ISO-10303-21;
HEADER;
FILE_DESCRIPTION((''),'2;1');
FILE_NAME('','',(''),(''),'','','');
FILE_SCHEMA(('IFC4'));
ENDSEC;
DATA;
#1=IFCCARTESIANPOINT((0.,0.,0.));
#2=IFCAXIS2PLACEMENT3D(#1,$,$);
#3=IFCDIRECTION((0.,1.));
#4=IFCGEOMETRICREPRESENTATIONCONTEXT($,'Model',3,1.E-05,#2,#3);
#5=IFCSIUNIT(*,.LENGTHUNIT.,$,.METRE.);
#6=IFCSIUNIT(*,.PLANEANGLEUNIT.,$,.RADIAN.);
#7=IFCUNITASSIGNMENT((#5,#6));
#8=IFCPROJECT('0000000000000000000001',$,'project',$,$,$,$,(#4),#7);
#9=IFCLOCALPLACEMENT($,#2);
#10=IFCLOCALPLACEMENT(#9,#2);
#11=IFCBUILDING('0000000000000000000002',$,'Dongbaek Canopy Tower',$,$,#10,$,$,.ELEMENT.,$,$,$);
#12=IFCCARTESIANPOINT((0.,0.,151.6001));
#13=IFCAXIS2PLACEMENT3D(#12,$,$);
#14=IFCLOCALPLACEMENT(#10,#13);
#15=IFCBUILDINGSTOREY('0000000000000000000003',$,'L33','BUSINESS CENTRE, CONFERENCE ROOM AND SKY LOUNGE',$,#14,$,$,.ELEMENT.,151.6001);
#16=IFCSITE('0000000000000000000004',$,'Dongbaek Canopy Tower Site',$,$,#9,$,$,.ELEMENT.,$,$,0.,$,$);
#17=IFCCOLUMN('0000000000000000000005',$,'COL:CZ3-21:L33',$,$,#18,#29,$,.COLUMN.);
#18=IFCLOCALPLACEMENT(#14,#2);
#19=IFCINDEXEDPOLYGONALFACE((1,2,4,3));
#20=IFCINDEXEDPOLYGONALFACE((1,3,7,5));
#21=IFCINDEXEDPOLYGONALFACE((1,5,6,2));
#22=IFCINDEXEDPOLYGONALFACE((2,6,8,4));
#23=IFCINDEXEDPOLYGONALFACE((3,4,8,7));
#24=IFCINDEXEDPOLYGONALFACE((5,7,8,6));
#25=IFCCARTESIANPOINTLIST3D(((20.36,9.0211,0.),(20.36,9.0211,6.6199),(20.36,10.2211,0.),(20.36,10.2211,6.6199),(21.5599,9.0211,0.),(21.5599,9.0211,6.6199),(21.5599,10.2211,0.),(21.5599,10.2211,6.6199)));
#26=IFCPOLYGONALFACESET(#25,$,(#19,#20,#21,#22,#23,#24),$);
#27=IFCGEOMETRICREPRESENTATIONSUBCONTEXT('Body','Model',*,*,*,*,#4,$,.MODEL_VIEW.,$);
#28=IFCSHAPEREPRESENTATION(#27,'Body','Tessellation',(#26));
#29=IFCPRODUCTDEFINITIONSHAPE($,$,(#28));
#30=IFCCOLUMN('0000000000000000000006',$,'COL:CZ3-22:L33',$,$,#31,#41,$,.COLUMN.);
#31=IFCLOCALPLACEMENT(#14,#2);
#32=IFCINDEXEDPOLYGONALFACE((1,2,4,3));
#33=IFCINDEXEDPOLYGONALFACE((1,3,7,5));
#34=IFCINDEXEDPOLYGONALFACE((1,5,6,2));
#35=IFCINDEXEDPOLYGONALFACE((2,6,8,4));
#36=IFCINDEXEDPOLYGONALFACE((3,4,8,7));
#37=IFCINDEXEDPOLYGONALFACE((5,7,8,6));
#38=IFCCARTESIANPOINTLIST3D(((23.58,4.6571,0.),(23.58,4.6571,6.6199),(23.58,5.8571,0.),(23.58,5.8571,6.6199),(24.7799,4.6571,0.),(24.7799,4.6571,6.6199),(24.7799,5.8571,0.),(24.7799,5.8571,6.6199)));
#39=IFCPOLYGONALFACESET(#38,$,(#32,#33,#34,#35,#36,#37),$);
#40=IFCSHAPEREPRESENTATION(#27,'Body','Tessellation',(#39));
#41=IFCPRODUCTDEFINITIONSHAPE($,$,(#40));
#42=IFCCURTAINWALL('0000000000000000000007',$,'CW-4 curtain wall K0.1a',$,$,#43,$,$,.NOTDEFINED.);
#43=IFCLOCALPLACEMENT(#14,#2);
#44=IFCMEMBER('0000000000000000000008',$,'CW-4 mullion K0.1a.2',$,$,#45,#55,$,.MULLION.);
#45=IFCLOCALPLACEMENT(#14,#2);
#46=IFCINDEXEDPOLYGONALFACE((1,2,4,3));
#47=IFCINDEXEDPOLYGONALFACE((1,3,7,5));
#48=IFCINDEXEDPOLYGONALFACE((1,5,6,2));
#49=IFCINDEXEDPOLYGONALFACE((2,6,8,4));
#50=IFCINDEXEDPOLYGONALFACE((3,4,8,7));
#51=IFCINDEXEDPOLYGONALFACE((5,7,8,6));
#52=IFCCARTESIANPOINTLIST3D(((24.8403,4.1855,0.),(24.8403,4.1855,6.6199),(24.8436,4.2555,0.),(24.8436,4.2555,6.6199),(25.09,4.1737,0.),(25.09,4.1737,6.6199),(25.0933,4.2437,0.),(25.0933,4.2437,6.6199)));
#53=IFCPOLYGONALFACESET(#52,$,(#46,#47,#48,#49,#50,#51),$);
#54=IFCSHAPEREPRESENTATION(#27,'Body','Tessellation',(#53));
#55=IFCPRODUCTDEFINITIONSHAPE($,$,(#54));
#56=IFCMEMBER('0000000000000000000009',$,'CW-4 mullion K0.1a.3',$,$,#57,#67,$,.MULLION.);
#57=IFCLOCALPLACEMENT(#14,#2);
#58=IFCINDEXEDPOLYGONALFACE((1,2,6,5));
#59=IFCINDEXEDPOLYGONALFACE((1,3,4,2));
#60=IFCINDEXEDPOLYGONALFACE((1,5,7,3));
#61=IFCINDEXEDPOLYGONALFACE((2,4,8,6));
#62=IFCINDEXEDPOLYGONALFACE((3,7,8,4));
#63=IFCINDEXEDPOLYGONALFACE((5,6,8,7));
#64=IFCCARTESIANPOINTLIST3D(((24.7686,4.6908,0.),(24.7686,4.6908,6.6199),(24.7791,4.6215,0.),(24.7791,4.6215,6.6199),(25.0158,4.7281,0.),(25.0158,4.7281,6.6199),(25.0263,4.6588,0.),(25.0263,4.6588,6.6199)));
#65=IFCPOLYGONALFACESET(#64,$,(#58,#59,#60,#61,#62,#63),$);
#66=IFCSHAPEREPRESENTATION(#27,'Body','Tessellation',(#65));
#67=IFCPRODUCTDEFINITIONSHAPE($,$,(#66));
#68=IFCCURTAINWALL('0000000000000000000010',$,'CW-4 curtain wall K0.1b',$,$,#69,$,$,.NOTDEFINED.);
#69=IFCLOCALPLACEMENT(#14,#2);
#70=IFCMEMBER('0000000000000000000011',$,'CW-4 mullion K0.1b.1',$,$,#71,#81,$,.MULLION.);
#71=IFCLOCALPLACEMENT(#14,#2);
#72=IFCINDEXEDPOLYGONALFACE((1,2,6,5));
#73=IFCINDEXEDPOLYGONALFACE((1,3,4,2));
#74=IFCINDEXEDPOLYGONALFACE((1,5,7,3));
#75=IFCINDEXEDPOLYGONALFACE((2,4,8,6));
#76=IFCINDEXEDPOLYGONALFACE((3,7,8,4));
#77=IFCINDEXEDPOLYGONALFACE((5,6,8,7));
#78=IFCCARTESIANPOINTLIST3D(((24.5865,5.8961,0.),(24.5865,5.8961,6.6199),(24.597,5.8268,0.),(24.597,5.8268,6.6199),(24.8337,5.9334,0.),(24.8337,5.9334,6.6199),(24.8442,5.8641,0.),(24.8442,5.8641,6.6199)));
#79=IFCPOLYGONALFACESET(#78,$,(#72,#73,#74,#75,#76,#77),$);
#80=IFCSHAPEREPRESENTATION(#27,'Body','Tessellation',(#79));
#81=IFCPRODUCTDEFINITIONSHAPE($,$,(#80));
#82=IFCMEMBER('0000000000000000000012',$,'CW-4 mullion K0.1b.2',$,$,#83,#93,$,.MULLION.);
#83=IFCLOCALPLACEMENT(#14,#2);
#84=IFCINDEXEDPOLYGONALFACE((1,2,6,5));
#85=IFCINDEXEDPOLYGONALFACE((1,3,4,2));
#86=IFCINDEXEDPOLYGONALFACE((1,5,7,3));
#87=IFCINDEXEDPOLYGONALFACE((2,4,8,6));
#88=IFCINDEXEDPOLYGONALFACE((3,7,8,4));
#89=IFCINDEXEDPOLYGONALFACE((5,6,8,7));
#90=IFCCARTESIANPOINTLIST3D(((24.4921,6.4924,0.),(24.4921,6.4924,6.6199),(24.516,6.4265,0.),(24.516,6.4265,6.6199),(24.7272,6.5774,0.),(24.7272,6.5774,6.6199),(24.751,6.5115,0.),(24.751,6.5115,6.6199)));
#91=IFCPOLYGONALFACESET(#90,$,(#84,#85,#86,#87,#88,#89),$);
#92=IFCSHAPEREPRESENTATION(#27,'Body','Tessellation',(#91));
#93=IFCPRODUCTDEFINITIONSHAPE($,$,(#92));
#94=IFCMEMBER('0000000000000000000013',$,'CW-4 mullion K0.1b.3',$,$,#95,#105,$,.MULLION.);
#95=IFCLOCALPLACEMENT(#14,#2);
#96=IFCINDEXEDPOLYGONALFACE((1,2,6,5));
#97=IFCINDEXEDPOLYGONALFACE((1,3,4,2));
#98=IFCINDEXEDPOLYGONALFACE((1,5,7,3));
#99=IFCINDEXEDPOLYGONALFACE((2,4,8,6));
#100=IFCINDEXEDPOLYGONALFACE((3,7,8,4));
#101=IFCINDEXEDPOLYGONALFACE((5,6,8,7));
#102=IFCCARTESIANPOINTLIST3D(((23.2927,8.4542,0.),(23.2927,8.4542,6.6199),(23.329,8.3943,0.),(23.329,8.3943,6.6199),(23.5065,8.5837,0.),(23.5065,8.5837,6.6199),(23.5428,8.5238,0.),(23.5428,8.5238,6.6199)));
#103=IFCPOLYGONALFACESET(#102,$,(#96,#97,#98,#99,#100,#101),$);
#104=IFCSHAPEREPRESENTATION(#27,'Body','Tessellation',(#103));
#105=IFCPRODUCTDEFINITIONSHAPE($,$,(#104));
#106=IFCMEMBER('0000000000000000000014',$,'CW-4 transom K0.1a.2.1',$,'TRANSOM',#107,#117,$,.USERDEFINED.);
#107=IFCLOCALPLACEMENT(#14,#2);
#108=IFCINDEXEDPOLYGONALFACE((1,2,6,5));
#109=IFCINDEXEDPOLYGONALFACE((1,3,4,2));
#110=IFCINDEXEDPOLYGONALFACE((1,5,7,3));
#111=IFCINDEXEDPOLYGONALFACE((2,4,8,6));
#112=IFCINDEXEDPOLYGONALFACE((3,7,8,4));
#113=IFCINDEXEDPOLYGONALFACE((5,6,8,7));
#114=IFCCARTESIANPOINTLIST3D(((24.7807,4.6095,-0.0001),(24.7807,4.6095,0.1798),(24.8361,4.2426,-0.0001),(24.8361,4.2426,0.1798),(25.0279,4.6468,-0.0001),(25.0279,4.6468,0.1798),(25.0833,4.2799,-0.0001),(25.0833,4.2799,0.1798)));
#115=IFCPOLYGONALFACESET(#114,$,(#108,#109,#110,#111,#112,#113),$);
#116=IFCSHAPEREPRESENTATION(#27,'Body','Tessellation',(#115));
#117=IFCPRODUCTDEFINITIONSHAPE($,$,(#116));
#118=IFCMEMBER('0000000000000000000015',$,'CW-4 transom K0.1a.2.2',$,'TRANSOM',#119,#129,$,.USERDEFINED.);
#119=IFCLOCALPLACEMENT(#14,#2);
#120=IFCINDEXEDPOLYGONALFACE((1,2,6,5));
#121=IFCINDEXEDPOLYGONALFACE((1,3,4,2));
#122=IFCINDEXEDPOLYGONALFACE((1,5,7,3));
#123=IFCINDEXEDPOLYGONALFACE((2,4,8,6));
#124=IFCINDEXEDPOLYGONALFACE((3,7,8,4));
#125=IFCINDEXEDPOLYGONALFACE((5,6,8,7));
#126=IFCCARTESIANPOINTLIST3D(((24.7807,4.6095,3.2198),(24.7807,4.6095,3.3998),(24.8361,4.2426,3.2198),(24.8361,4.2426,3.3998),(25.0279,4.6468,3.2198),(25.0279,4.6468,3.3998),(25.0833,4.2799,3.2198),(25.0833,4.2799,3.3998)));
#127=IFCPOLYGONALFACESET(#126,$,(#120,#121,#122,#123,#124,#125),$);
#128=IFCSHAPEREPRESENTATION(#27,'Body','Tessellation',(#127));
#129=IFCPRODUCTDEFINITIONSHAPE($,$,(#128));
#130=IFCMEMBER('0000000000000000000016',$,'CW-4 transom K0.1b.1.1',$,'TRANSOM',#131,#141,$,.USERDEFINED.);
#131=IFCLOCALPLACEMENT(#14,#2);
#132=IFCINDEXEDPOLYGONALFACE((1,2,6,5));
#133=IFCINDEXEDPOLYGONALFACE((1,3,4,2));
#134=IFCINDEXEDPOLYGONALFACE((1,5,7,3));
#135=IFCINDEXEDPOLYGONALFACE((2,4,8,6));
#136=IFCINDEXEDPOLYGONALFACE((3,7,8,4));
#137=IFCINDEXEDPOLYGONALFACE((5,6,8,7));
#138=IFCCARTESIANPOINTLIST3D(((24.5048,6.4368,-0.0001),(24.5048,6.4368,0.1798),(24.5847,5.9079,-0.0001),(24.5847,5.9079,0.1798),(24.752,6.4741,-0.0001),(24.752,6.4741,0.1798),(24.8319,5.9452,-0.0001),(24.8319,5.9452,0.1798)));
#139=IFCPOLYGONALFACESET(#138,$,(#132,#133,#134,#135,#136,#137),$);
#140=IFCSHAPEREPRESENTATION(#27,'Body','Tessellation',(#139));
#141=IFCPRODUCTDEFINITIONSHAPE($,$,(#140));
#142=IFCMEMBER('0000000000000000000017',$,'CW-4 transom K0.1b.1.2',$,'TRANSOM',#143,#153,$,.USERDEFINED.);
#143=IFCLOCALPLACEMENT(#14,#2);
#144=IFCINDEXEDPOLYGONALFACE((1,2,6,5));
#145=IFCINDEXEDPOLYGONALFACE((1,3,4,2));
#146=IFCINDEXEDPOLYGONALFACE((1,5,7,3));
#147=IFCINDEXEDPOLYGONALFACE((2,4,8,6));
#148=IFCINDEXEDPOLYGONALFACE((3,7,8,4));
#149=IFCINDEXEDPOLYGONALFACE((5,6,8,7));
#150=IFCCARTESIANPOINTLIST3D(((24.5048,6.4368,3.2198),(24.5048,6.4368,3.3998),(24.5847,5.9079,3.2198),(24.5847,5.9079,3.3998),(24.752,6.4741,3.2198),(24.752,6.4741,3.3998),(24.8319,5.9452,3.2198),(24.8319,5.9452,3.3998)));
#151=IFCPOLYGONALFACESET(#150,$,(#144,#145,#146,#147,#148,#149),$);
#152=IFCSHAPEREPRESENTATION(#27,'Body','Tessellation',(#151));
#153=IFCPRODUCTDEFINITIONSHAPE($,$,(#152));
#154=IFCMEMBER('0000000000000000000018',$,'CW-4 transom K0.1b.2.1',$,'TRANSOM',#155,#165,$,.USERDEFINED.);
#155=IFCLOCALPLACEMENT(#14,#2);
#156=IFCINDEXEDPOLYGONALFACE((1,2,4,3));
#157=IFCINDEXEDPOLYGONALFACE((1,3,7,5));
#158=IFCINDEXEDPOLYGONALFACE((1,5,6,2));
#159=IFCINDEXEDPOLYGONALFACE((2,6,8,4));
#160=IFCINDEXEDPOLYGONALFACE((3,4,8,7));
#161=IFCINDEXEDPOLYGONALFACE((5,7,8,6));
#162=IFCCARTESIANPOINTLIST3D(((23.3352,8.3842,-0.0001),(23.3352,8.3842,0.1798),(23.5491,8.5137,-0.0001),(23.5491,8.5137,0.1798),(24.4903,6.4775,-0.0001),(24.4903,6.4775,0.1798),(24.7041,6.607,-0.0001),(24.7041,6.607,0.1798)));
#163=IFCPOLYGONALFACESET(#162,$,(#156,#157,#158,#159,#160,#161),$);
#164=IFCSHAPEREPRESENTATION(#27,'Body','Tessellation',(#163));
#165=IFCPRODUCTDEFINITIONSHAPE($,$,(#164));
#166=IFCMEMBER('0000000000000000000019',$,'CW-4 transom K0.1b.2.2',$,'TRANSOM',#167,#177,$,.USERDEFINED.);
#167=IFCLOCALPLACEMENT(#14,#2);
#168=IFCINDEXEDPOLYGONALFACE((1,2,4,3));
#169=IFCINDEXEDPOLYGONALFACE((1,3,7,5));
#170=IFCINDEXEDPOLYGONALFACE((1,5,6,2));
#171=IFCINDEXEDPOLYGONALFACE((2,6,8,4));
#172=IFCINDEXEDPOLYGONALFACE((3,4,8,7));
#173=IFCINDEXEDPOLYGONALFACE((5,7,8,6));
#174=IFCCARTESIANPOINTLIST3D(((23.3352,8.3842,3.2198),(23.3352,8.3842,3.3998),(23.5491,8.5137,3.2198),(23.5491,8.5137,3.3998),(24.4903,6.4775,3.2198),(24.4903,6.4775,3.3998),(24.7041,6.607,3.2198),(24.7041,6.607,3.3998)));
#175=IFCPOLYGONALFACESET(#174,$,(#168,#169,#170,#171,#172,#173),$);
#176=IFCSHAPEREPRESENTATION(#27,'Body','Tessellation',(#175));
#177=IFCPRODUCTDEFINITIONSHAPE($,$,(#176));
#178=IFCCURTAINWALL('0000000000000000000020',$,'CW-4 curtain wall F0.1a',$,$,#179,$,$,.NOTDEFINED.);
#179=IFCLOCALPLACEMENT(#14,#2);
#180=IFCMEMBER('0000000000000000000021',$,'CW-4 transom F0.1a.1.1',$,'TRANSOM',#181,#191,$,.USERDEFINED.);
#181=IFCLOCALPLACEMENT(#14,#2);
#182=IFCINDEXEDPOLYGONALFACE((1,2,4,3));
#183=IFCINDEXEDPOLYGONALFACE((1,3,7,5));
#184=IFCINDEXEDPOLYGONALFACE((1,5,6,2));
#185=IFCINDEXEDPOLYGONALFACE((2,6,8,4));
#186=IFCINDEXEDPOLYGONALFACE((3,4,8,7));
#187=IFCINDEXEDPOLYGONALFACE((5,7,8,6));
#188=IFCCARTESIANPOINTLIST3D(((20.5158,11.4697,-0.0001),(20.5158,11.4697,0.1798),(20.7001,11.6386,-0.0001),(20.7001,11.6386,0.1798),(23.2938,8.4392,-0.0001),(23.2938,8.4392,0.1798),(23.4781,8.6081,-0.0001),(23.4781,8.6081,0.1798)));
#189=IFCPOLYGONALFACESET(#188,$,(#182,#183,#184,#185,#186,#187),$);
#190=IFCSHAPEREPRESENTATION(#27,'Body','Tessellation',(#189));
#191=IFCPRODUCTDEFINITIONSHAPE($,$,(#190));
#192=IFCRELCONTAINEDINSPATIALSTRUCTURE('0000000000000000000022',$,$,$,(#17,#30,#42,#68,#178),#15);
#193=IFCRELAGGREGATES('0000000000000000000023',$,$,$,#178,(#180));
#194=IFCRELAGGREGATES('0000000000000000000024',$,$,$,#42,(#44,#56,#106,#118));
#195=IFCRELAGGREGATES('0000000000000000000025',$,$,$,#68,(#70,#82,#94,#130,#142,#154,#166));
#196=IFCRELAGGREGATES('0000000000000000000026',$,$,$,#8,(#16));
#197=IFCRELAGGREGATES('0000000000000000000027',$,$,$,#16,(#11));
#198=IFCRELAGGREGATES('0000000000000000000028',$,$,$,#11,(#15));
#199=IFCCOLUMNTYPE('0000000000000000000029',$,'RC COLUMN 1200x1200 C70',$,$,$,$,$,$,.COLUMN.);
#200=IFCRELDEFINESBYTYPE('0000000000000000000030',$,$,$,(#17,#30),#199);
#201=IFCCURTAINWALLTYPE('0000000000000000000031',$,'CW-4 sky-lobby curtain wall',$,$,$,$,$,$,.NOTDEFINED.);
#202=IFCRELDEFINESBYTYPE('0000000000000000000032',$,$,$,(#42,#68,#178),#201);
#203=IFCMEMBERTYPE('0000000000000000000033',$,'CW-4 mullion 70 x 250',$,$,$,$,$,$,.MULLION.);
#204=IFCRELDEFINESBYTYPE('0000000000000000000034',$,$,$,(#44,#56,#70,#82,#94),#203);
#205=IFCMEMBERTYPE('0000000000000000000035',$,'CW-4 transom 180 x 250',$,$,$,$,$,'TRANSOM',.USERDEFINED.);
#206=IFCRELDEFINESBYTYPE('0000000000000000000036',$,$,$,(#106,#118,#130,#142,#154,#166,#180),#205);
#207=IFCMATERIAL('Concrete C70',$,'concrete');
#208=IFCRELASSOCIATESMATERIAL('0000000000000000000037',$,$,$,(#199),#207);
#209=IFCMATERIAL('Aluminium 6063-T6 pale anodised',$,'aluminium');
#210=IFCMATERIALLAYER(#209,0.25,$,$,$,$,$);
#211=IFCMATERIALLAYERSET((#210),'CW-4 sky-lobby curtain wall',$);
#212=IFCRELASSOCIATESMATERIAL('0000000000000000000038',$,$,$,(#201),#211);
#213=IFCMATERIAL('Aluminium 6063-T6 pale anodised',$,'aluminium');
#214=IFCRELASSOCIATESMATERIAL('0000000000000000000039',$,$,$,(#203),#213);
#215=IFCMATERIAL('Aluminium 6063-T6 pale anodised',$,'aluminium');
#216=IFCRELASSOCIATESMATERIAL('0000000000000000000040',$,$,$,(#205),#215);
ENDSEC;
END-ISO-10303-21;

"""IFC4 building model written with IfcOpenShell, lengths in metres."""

from ifc_helpers import new_model, si_unit, direction, frame, origin, origin_2d, place, context, subcontext, project, spatial, rectangle, extrude, material, layer, layer_set, material_profile, profile_set, type_object, element, aggregate, save


model = new_model("IFC4")

# Units and contexts
model_context = context("Model", 3, precision=1e-05, world=origin(), true_north=direction((0.0, 1.0)))
body_context = subcontext(model_context, "Body", "Model", "MODEL_VIEW")
ifc_project = project(units=[si_unit("LENGTHUNIT", "METRE"), si_unit("PLANEANGLEUNIT", "RADIAN")], contexts=[model_context])

# Site, building, storey
site_placement = place(None, origin())
site = spatial("IfcSite", under=ifc_project, at=site_placement, Name="Dongbaek Canopy Tower Site", CompositionType="ELEMENT", RefElevation=0.0)
building_placement = place(site_placement, origin())
building = spatial("IfcBuilding", under=site, at=building_placement, Name="Dongbaek Canopy Tower", CompositionType="ELEMENT")
storey_placement = place(building_placement, frame((0.0, 0.0, 151.6001)))
storey = spatial("IfcBuildingStorey", under=building, at=storey_placement, Name="L33", Description="BUSINESS CENTRE, CONFERENCE ROOM AND SKY LOUNGE", CompositionType="ELEMENT", Elevation=151.6001)

# Columns
ifc_material_1 = material(Name="Concrete C70", Category="concrete")
ifc_material_profile_1 = material_profile(ifc_material_1, rectangle(XDim=1.2, YDim=1.2, at=origin_2d()), Name="RC COLUMN 1200x1200 C70")
ifc_profile_set_1 = profile_set([ifc_material_profile_1], Name="Concrete C70")
column_type = type_object("IfcColumnType", Name="RC COLUMN 1200x1200 C70", PredefinedType="COLUMN", material=ifc_profile_set_1)
for number, where, z_axis, x_axis, name in (
    (1, (20.96, 9.6211, 0.0), (0.0, 0.0, 1.0), (1.0, 0.0, 0.0), "COL:CZ3-21:L33"),
    (2, (24.1799, 5.2571, 0.0), (0.0, 0.0, 1.0), (1.0, 0.0, 0.0), "COL:CZ3-22:L33"),
):
    element("IfcColumn", number, at=place(storey_placement, frame(where, z_axis=z_axis, x_axis=x_axis)), inside=storey, type_object=column_type, Name=name, PredefinedType="COLUMN", context=body_context, shape_type="SweptSolid", body=[
        extrude(rectangle(XDim=1.2, YDim=1.2, at=origin_2d()), origin(), (0.0, 0.0, 1.0), 6.6199),
    ])

# Curtain walls, members
ifc_material_2 = material(Name="Aluminium 6063-T6 pale anodised", Category="aluminium")
ifc_layer_1 = layer(ifc_material_2, 0.25)
ifc_layer_set_1 = layer_set([ifc_layer_1], Name="CW-4 sky-lobby curtain wall")
curtain_wall_type = type_object("IfcCurtainWallType", Name="CW-4 sky-lobby curtain wall", PredefinedType="NOTDEFINED", material=ifc_layer_set_1)
curtain_wall_1_placement = place(storey_placement, origin())
curtain_wall_1 = element("IfcCurtainWall", 3, at=curtain_wall_1_placement, inside=storey, type_object=curtain_wall_type, Name="CW-4 curtain wall K0.1a", PredefinedType="NOTDEFINED")
ifc_material_3 = material(Name="Aluminium 6063-T6 pale anodised", Category="aluminium")
ifc_material_profile_2 = material_profile(ifc_material_3, rectangle(XDim=0.25, YDim=0.0701, at=origin_2d()), Name="CW-4 mullion 70 x 250")
ifc_profile_set_2 = profile_set([ifc_material_profile_2], Name="Aluminium 6063-T6 pale anodised")
member_type_1 = type_object("IfcMemberType", Name="CW-4 mullion 70 x 250", PredefinedType="MULLION", material=ifc_profile_set_2)
member_1_placement = place(storey_placement, frame((24.9668, 4.2146, 0.0), z_axis=(0.0, 0.0, 1.0), x_axis=(0.998871, -0.047502, 0.0)))
member_1 = element("IfcMember", 4, at=member_1_placement, type_object=member_type_1, Name="CW-4 mullion K0.1a.2", PredefinedType="MULLION", context=body_context, shape_type="SweptSolid", body=[
    extrude(rectangle(XDim=0.25, YDim=0.0701, at=origin_2d()), origin(), (0.0, 0.0, 1.0), 6.6199),
])
member_2_placement = place(storey_placement, frame((24.8975, 4.6748, 0.0), z_axis=(0.0, 0.0, 1.0), x_axis=(0.988792, 0.149298, 0.0)))
member_2 = element("IfcMember", 5, at=member_2_placement, type_object=member_type_1, Name="CW-4 mullion K0.1a.3", PredefinedType="MULLION", context=body_context, shape_type="SweptSolid", body=[
    extrude(rectangle(XDim=0.25, YDim=0.0701, at=origin_2d()), origin(), (0.0, 0.0, 1.0), 6.6199),
])
curtain_wall_2_placement = place(storey_placement, origin())
curtain_wall_2 = element("IfcCurtainWall", 6, at=curtain_wall_2_placement, inside=storey, type_object=curtain_wall_type, Name="CW-4 curtain wall K0.1b", PredefinedType="NOTDEFINED")
member_3_placement = place(storey_placement, frame((24.7153, 5.8801, 0.0), z_axis=(0.0, 0.0, 1.0), x_axis=(0.988792, 0.149298, 0.0)))
member_3 = element("IfcMember", 7, at=member_3_placement, type_object=member_type_1, Name="CW-4 mullion K0.1b.1", PredefinedType="MULLION", context=body_context, shape_type="SweptSolid", body=[
    extrude(rectangle(XDim=0.25, YDim=0.0701, at=origin_2d()), origin(), (0.0, 0.0, 1.0), 6.6199),
])
member_4_placement = place(storey_placement, frame((24.6216, 6.502, 0.0), z_axis=(0.0, 0.0, 1.0), x_axis=(0.940317, 0.340299, 0.0)))
member_4 = element("IfcMember", 8, at=member_4_placement, type_object=member_type_1, Name="CW-4 mullion K0.1b.2", PredefinedType="MULLION", context=body_context, shape_type="SweptSolid", body=[
    extrude(rectangle(XDim=0.25, YDim=0.0701, at=origin_2d()), origin(), (0.0, 0.0, 1.0), 6.6199),
])
member_5_placement = place(storey_placement, frame((23.4177, 8.489, 0.0), z_axis=(0.0, 0.0, 1.0), x_axis=(0.855328, 0.518087, 0.0)))
member_5 = element("IfcMember", 9, at=member_5_placement, type_object=member_type_1, Name="CW-4 mullion K0.1b.3", PredefinedType="MULLION", context=body_context, shape_type="SweptSolid", body=[
    extrude(rectangle(XDim=0.25, YDim=0.0701, at=origin_2d()), origin(), (0.0, 0.0, 1.0), 6.6199),
])

# Members
ifc_material_4 = material(Name="Aluminium 6063-T6 pale anodised", Category="aluminium")
ifc_material_profile_3 = material_profile(ifc_material_4, rectangle(XDim=0.25, YDim=0.1799, at=origin_2d()), Name="CW-4 transom 180 x 250")
ifc_profile_set_3 = profile_set([ifc_material_profile_3], Name="Aluminium 6063-T6 pale anodised")
member_type_2 = type_object("IfcMemberType", Name="CW-4 transom 180 x 250", ElementType="TRANSOM", PredefinedType="USERDEFINED", material=ifc_profile_set_3)
member_6_placement = place(storey_placement, frame((24.9597, 4.2612, 0.0898), z_axis=(-0.149338, 0.988786, 0.0), x_axis=(-0.988786, -0.149338, 0.0)))
member_6 = element("IfcMember", 10, at=member_6_placement, type_object=member_type_2, Name="CW-4 transom K0.1a.2.1", ObjectType="TRANSOM", PredefinedType="USERDEFINED", context=body_context, shape_type="SweptSolid", body=[
    extrude(rectangle(XDim=0.25, YDim=0.1799, at=origin_2d()), origin(), (0.0, 0.0, 1.0), 0.3711),
])
member_7_placement = place(storey_placement, frame((24.9597, 4.2612, 3.3098), z_axis=(-0.149338, 0.988786, 0.0), x_axis=(-0.988786, -0.149338, 0.0)))
member_7 = element("IfcMember", 11, at=member_7_placement, type_object=member_type_2, Name="CW-4 transom K0.1a.2.2", ObjectType="TRANSOM", PredefinedType="USERDEFINED", context=body_context, shape_type="SweptSolid", body=[
    extrude(rectangle(XDim=0.25, YDim=0.1799, at=origin_2d()), origin(), (0.0, 0.0, 1.0), 0.3711),
])
member_8_placement = place(storey_placement, frame((24.7083, 5.9265, 0.0898), z_axis=(-0.149278, 0.988795, 0.0), x_axis=(-0.988795, -0.149278, 0.0)))
member_8 = element("IfcMember", 12, at=member_8_placement, type_object=member_type_2, Name="CW-4 transom K0.1b.1.1", ObjectType="TRANSOM", PredefinedType="USERDEFINED", context=body_context, shape_type="SweptSolid", body=[
    extrude(rectangle(XDim=0.25, YDim=0.1799, at=origin_2d()), origin(), (0.0, 0.0, 1.0), 0.5349),
])
member_9_placement = place(storey_placement, frame((24.7083, 5.9265, 3.3098), z_axis=(-0.149278, 0.988795, 0.0), x_axis=(-0.988795, -0.149278, 0.0)))
member_9 = element("IfcMember", 13, at=member_9_placement, type_object=member_type_2, Name="CW-4 transom K0.1b.1.2", ObjectType="TRANSOM", PredefinedType="USERDEFINED", context=body_context, shape_type="SweptSolid", body=[
    extrude(rectangle(XDim=0.25, YDim=0.1799, at=origin_2d()), origin(), (0.0, 0.0, 1.0), 0.5349),
])
member_10_placement = place(storey_placement, frame((24.5972, 6.5422, 0.0898), z_axis=(-0.518115, 0.855311, 0.0), x_axis=(-0.855311, -0.518115, 0.0)))
member_10 = element("IfcMember", 14, at=member_10_placement, type_object=member_type_2, Name="CW-4 transom K0.1b.2.1", ObjectType="TRANSOM", PredefinedType="USERDEFINED", context=body_context, shape_type="SweptSolid", body=[
    extrude(rectangle(XDim=0.25, YDim=0.1799, at=origin_2d()), origin(), (0.0, 0.0, 1.0), 2.2292),
])
member_11_placement = place(storey_placement, frame((24.5972, 6.5422, 3.3098), z_axis=(-0.518115, 0.855311, 0.0), x_axis=(-0.855311, -0.518115, 0.0)))
member_11 = element("IfcMember", 15, at=member_11_placement, type_object=member_type_2, Name="CW-4 transom K0.1b.2.2", ObjectType="TRANSOM", PredefinedType="USERDEFINED", context=body_context, shape_type="SweptSolid", body=[
    extrude(rectangle(XDim=0.25, YDim=0.1799, at=origin_2d()), origin(), (0.0, 0.0, 1.0), 2.2292),
])

# Curtain wall, member
curtain_wall_3_placement = place(storey_placement, origin())
curtain_wall_3 = element("IfcCurtainWall", 16, at=curtain_wall_3_placement, inside=storey, type_object=curtain_wall_type, Name="CW-4 curtain wall F0.1a", PredefinedType="NOTDEFINED")
member_12_placement = place(storey_placement, frame((23.386, 8.5237, 0.0898), z_axis=(-0.675738, 0.737142, 0.0), x_axis=(-0.737142, -0.675738, 0.0)))
member_12 = element("IfcMember", 17, at=member_12_placement, type_object=member_type_2, Name="CW-4 transom F0.1a.1.1", ObjectType="TRANSOM", PredefinedType="USERDEFINED", context=body_context, shape_type="SweptSolid", body=[
    extrude(rectangle(XDim=0.25, YDim=0.1799, at=origin_2d()), origin(), (0.0, 0.0, 1.0), 4.1111),
])
aggregate(curtain_wall_3, [member_12])

aggregate(curtain_wall_1, [member_1, member_2, member_6, member_7])

aggregate(curtain_wall_2, [member_3, member_4, member_5, member_8, member_9, member_10, member_11])

save(model, "model.ifc")
